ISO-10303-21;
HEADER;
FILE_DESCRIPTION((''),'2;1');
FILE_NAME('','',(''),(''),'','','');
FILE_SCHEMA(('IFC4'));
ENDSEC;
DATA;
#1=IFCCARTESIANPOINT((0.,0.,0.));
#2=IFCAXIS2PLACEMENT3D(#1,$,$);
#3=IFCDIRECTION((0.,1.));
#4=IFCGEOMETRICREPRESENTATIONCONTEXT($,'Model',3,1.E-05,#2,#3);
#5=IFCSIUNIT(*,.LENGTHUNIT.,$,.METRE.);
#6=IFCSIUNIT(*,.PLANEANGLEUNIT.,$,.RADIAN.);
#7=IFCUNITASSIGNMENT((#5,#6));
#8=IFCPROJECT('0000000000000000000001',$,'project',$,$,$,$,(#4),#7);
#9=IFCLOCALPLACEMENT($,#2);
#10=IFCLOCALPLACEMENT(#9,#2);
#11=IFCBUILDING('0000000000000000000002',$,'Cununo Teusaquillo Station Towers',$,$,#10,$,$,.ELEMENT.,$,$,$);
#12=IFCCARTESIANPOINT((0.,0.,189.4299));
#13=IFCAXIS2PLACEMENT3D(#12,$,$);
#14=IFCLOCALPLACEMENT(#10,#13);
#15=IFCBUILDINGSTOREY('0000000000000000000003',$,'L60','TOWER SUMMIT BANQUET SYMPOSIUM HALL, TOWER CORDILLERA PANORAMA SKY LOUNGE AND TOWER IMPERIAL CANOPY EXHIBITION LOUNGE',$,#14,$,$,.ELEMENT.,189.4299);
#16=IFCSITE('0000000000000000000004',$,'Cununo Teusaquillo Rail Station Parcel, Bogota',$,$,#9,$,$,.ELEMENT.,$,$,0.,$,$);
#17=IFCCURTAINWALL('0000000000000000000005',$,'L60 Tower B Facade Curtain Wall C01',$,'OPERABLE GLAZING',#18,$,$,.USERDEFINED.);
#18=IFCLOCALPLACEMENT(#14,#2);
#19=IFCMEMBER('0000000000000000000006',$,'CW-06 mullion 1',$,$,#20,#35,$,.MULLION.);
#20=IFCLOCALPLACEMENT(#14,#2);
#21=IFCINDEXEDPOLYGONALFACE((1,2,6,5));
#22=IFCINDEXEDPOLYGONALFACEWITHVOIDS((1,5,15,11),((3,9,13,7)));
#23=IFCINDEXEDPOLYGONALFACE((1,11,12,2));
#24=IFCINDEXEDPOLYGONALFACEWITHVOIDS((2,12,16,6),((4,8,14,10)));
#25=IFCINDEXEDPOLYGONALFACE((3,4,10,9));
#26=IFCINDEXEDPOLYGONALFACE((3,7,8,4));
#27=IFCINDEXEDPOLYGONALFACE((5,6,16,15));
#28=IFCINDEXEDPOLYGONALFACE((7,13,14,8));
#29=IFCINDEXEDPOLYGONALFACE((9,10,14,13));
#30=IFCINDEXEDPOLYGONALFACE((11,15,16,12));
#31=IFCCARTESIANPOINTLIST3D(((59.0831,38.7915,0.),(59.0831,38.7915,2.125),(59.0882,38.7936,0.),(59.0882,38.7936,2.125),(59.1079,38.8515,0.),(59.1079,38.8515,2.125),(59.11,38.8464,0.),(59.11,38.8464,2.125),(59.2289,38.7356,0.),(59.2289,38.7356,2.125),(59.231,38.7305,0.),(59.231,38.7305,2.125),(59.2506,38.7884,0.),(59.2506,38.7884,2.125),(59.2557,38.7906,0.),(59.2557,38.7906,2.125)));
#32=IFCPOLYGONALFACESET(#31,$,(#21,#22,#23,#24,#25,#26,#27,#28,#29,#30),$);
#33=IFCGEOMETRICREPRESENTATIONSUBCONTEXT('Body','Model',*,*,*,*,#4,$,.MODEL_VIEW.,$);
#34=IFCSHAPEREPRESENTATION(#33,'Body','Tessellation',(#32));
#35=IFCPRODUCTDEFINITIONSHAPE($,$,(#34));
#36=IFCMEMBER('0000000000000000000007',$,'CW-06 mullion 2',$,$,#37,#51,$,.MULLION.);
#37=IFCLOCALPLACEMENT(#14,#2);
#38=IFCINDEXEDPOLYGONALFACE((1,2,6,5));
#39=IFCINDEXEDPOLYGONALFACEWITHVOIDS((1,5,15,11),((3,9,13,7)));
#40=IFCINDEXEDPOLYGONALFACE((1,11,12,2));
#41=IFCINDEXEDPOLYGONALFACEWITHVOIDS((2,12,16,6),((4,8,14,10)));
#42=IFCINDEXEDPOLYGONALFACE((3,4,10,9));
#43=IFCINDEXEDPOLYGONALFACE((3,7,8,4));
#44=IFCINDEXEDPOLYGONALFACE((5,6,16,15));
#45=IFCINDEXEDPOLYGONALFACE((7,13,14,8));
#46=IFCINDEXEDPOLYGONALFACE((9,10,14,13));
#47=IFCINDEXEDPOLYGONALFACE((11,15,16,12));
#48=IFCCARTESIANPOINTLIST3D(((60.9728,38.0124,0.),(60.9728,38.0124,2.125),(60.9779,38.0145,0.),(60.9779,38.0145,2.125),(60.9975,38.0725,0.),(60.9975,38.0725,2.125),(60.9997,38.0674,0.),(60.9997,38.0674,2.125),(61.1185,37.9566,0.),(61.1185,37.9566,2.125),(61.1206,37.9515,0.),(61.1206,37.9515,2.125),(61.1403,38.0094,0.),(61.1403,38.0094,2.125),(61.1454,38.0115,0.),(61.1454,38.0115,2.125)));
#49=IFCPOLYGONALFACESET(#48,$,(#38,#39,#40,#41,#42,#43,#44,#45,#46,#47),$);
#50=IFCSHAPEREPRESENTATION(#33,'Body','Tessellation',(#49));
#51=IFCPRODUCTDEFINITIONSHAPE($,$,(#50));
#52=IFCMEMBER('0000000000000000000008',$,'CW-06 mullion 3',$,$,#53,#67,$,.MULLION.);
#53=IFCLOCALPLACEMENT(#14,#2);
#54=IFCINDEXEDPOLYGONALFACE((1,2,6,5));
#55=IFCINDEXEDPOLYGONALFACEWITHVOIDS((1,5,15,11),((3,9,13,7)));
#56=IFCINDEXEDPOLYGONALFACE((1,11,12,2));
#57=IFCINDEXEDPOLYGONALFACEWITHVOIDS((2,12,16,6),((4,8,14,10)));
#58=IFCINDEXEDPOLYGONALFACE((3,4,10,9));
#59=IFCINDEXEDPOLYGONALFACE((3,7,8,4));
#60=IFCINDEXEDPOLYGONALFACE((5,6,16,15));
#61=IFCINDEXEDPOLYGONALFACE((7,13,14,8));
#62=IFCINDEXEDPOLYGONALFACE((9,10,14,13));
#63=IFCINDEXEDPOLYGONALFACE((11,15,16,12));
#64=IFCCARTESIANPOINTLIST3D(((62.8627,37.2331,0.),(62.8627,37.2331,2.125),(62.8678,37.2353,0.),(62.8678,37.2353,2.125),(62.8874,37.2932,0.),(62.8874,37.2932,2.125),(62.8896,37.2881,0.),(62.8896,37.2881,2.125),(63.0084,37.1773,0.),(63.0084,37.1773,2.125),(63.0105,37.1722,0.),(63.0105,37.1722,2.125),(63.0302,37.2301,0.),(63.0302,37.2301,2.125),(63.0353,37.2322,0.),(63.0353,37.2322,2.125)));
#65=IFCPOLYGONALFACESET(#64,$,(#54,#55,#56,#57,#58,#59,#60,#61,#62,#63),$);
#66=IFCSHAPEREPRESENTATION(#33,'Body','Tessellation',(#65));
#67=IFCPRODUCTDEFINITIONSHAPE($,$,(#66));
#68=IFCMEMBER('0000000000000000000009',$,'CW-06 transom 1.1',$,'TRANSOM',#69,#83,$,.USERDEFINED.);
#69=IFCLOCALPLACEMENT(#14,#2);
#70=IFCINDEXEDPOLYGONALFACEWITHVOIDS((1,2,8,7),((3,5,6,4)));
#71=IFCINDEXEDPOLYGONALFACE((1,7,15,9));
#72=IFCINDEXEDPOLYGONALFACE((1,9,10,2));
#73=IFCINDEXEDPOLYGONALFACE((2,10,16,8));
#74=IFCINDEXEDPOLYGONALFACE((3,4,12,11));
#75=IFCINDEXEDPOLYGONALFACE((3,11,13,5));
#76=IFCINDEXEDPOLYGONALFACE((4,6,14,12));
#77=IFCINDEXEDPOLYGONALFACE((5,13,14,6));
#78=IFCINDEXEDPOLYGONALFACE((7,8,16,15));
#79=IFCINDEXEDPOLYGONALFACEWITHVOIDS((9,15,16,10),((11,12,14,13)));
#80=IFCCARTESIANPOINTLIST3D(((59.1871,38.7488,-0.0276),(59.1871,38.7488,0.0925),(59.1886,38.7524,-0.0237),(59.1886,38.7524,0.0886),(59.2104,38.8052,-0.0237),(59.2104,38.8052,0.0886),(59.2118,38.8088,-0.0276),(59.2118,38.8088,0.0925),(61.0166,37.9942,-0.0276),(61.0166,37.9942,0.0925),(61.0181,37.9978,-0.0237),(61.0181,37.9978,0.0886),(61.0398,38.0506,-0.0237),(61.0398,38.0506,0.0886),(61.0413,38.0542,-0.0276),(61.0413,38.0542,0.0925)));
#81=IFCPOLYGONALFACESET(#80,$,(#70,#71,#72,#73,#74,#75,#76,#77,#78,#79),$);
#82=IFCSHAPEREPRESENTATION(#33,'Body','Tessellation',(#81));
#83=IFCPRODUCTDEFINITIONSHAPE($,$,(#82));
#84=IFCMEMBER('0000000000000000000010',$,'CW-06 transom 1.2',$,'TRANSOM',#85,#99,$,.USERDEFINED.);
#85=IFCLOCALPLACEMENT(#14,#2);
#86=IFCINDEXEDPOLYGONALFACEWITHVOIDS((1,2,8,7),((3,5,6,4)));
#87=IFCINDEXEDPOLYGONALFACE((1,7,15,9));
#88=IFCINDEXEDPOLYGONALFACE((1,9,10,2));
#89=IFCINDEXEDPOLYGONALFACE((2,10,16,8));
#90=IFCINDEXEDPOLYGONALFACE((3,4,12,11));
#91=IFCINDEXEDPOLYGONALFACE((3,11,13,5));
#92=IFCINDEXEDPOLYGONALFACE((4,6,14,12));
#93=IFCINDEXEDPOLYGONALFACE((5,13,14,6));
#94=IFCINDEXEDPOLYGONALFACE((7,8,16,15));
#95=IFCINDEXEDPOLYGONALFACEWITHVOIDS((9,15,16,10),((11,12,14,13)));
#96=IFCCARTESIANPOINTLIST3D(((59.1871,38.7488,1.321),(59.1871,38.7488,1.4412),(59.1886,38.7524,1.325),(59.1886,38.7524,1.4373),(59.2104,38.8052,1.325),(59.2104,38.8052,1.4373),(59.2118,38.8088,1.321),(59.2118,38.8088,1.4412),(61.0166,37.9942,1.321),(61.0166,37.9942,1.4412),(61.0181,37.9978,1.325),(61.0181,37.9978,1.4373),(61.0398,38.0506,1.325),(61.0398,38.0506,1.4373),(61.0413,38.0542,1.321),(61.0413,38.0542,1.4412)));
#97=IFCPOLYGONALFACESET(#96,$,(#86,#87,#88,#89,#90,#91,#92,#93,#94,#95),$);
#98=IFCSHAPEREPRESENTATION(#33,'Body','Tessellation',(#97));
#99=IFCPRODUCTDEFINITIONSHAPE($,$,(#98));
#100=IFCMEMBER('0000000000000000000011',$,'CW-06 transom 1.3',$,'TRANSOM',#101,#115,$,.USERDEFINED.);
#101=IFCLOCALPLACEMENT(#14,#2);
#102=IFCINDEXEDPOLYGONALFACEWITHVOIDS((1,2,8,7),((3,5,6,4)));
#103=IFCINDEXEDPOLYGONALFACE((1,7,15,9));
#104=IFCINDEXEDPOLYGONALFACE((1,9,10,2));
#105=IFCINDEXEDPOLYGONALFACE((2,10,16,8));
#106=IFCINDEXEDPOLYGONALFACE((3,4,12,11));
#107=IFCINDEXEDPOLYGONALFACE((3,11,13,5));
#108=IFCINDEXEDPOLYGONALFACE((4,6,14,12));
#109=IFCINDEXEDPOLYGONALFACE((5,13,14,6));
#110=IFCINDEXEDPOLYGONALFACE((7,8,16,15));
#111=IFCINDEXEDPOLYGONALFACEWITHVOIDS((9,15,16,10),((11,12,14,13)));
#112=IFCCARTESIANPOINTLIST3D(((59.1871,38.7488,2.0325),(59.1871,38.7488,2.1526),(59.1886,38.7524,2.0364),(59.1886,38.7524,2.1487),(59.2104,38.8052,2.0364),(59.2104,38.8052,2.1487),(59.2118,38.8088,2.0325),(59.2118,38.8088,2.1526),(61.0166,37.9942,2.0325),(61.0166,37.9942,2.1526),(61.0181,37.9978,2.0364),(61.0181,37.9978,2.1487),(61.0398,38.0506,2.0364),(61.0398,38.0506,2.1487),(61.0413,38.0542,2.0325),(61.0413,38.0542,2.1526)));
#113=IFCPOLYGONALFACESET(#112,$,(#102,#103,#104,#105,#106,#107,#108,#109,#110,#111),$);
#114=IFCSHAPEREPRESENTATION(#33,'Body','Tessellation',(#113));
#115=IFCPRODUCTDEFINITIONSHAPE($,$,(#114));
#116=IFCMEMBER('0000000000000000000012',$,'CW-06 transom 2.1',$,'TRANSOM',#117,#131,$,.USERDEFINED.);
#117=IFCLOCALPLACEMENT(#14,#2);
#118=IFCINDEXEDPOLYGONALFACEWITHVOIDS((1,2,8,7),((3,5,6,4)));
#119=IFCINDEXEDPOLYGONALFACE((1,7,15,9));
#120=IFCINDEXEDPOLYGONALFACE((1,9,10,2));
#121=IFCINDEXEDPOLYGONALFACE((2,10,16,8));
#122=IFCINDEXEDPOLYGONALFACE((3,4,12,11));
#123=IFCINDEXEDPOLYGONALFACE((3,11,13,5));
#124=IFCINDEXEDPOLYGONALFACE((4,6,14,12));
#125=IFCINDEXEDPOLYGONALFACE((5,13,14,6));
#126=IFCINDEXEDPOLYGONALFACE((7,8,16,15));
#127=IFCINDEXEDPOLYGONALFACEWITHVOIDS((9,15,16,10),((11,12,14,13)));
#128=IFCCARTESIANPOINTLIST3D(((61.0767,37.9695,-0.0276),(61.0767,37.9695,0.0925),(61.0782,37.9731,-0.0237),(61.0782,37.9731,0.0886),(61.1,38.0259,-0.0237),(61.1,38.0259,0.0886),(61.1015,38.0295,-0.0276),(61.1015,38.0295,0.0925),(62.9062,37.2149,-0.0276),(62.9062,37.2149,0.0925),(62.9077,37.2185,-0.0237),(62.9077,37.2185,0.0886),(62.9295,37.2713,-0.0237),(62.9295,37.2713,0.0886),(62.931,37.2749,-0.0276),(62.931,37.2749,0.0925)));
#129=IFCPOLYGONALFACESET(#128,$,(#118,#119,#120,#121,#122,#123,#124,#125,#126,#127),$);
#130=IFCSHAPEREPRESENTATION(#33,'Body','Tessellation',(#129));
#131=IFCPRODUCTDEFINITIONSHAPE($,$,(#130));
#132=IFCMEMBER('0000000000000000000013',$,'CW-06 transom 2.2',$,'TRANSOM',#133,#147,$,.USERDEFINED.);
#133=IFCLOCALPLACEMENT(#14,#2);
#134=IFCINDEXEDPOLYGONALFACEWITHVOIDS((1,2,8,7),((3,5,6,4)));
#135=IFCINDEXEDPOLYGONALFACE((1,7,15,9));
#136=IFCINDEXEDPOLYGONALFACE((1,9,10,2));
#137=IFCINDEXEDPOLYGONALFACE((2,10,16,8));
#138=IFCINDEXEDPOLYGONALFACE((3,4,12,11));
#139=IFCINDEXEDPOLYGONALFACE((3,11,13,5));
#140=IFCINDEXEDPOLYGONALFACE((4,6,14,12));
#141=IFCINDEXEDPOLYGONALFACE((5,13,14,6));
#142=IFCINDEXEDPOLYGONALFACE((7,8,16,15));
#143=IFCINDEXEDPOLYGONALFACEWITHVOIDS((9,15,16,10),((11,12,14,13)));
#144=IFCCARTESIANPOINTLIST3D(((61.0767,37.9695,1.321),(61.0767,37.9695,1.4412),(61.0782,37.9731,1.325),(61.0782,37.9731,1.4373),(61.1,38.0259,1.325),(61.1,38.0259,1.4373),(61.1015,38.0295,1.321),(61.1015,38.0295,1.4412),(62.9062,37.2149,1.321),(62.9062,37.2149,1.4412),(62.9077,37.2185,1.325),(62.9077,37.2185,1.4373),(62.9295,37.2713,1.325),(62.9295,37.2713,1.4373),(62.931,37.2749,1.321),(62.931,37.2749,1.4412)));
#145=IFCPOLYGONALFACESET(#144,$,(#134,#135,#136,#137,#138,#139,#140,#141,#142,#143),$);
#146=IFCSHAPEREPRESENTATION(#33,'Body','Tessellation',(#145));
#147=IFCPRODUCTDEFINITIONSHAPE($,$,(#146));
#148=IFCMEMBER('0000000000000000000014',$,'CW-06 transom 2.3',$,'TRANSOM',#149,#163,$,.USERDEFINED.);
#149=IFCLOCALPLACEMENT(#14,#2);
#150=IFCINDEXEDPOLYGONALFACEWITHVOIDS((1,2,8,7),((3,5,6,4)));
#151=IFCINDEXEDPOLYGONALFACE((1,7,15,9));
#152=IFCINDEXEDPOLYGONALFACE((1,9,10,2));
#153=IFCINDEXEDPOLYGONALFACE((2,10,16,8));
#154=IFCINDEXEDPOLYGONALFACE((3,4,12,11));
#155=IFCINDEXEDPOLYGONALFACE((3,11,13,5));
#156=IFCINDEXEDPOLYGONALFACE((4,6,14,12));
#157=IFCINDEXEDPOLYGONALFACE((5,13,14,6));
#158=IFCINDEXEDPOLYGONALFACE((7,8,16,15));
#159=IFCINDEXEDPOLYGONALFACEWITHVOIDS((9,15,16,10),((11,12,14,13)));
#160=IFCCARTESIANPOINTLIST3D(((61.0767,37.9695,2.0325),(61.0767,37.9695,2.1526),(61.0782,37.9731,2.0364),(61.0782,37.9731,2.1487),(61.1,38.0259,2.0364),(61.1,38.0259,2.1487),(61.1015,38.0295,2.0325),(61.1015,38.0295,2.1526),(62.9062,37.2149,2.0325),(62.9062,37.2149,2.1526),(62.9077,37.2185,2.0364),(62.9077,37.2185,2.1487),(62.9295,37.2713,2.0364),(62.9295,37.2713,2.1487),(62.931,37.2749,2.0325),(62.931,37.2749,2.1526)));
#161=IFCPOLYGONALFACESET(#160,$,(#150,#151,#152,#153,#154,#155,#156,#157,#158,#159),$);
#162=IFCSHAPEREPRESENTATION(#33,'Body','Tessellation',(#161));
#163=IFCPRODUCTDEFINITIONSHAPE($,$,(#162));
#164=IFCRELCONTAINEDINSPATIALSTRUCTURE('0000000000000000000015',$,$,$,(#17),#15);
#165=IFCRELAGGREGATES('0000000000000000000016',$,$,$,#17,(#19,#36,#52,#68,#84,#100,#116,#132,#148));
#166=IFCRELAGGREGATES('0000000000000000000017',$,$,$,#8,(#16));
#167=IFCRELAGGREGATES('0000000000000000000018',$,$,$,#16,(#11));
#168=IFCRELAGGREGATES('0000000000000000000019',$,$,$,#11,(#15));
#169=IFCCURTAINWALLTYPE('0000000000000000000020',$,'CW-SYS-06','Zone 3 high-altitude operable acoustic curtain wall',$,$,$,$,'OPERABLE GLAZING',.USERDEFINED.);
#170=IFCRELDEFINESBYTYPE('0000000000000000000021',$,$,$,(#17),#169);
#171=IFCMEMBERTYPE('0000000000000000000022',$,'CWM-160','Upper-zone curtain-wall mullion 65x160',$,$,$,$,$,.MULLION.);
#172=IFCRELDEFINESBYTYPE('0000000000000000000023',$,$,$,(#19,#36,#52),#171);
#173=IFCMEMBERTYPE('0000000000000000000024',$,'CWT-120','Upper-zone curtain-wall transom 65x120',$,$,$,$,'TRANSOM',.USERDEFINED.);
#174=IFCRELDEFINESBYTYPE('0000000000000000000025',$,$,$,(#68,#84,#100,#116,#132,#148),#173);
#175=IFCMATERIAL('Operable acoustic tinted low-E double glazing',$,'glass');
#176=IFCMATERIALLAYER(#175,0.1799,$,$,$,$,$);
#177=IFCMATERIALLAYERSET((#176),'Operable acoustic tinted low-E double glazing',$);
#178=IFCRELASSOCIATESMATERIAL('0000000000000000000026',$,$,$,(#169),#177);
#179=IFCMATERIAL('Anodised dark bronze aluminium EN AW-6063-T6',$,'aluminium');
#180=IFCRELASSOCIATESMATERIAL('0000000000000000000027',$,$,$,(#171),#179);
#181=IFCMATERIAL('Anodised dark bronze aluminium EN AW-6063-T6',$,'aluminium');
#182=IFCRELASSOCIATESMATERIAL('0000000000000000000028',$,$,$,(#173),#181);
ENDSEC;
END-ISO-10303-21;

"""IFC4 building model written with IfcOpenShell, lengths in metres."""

from ifc_helpers import new_model, si_unit, direction, frame, origin, origin_2d, place, context, subcontext, project, spatial, hollow_rectangle, extrude, material, layer, layer_set, material_profile, profile_set, type_object, element, aggregate, save


model = new_model("IFC4")

# Units and contexts
model_context = context("Model", 3, precision=1e-05, world=origin(), true_north=direction((0.0, 1.0)))
body_context = subcontext(model_context, "Body", "Model", "MODEL_VIEW")
ifc_project = project(units=[si_unit("LENGTHUNIT", "METRE"), si_unit("PLANEANGLEUNIT", "RADIAN")], contexts=[model_context])

# Site, building, storey
site_placement = place(None, origin())
site = spatial("IfcSite", under=ifc_project, at=site_placement, Name="Cununo Teusaquillo Rail Station Parcel, Bogota", CompositionType="ELEMENT", RefElevation=0.0)
building_placement = place(site_placement, origin())
building = spatial("IfcBuilding", under=site, at=building_placement, Name="Cununo Teusaquillo Station Towers", CompositionType="ELEMENT")
storey_placement = place(building_placement, frame((0.0, 0.0, 189.4299)))
storey = spatial("IfcBuildingStorey", under=building, at=storey_placement, Name="L60", Description="TOWER SUMMIT BANQUET SYMPOSIUM HALL, TOWER CORDILLERA PANORAMA SKY LOUNGE AND TOWER IMPERIAL CANOPY EXHIBITION LOUNGE", CompositionType="ELEMENT", Elevation=189.4299)

# Curtain wall, members
ifc_material_1 = material(Name="Operable acoustic tinted low-E double glazing", Category="glass")
ifc_layer_1 = layer(ifc_material_1, 0.1799)
ifc_layer_set_1 = layer_set([ifc_layer_1], Name="Operable acoustic tinted low-E double glazing")
curtain_wall_type = type_object("IfcCurtainWallType", Name="CW-SYS-06", Description="Zone 3 high-altitude operable acoustic curtain wall", ElementType="OPERABLE GLAZING", PredefinedType="USERDEFINED", material=ifc_layer_set_1)
curtain_wall_placement = place(storey_placement, origin())
curtain_wall = element("IfcCurtainWall", 1, at=curtain_wall_placement, inside=storey, type_object=curtain_wall_type, Name="L60 Tower B Facade Curtain Wall C01", ObjectType="OPERABLE GLAZING", PredefinedType="USERDEFINED")
ifc_material_2 = material(Name="Anodised dark bronze aluminium EN AW-6063-T6", Category="aluminium")
ifc_material_profile_1 = material_profile(ifc_material_2, hollow_rectangle(XDim=0.0649, YDim=0.1599, WallThickness=0.0039, at=origin_2d()), Name="CW-MULL-65x160")
ifc_profile_set_1 = profile_set([ifc_material_profile_1], Name="Anodised dark bronze aluminium EN AW-6063-T6")
member_type_1 = type_object("IfcMemberType", Name="CWM-160", Description="Upper-zone curtain-wall mullion 65x160", PredefinedType="MULLION", material=ifc_profile_set_1)
member_1_placement = place(storey_placement, frame((59.1694, 38.791, 0.0), z_axis=(0.0, 0.0, 1.0), x_axis=(0.381229, 0.924481, 0.0)))
member_1 = element("IfcMember", 2, at=member_1_placement, type_object=member_type_1, Name="CW-06 mullion 1", PredefinedType="MULLION", context=body_context, shape_type="SweptSolid", body=[
    extrude(hollow_rectangle(XDim=0.0649, YDim=0.1599, WallThickness=0.0039, at=origin_2d()), origin(), (0.0, 0.0, 1.0), 2.125),
])
member_2_placement = place(storey_placement, frame((61.0591, 38.012, 0.0), z_axis=(0.0, 0.0, 1.0), x_axis=(0.381229, 0.924481, 0.0)))
member_2 = element("IfcMember", 3, at=member_2_placement, type_object=member_type_1, Name="CW-06 mullion 2", PredefinedType="MULLION", context=body_context, shape_type="SweptSolid", body=[
    extrude(hollow_rectangle(XDim=0.0649, YDim=0.1599, WallThickness=0.0039, at=origin_2d()), origin(), (0.0, 0.0, 1.0), 2.125),
])
member_3_placement = place(storey_placement, frame((62.949, 37.2327, 0.0), z_axis=(0.0, 0.0, 1.0), x_axis=(0.381229, 0.924481, 0.0)))
member_3 = element("IfcMember", 4, at=member_3_placement, type_object=member_type_1, Name="CW-06 mullion 3", PredefinedType="MULLION", context=body_context, shape_type="SweptSolid", body=[
    extrude(hollow_rectangle(XDim=0.0649, YDim=0.1599, WallThickness=0.0039, at=origin_2d()), origin(), (0.0, 0.0, 1.0), 2.125),
])
ifc_material_3 = material(Name="Anodised dark bronze aluminium EN AW-6063-T6", Category="aluminium")
ifc_material_profile_2 = material_profile(ifc_material_3, hollow_rectangle(XDim=0.0649, YDim=0.1201, WallThickness=0.0039, at=origin_2d()), Name="CW-TRAN-65x120")
ifc_profile_set_2 = profile_set([ifc_material_profile_2], Name="Anodised dark bronze aluminium EN AW-6063-T6")
member_type_2 = type_object("IfcMemberType", Name="CWT-120", Description="Upper-zone curtain-wall transom 65x120", ElementType="TRANSOM", PredefinedType="USERDEFINED", material=ifc_profile_set_2)
member_4_placement = place(storey_placement, frame((59.1995, 38.7788, 0.0325), z_axis=(0.924451, -0.381302, 0.0), x_axis=(0.381302, 0.924451, 0.0)))
member_4 = element("IfcMember", 5, at=member_4_placement, type_object=member_type_2, Name="CW-06 transom 1.1", ObjectType="TRANSOM", PredefinedType="USERDEFINED", context=body_context, shape_type="SweptSolid", body=[
    extrude(hollow_rectangle(XDim=0.0649, YDim=0.1201, WallThickness=0.0039, at=origin_2d()), origin(), (0.0, 0.0, 1.0), 1.979),
])
member_5_placement = place(storey_placement, frame((59.1995, 38.7788, 1.3811), z_axis=(0.924451, -0.381302, 0.0), x_axis=(0.381302, 0.924451, 0.0)))
member_5 = element("IfcMember", 6, at=member_5_placement, type_object=member_type_2, Name="CW-06 transom 1.2", ObjectType="TRANSOM", PredefinedType="USERDEFINED", context=body_context, shape_type="SweptSolid", body=[
    extrude(hollow_rectangle(XDim=0.0649, YDim=0.1201, WallThickness=0.0039, at=origin_2d()), origin(), (0.0, 0.0, 1.0), 1.979),
])
member_6_placement = place(storey_placement, frame((59.1995, 38.7788, 2.0925), z_axis=(0.924451, -0.381302, 0.0), x_axis=(0.381302, 0.924451, 0.0)))
member_6 = element("IfcMember", 7, at=member_6_placement, type_object=member_type_2, Name="CW-06 transom 1.3", ObjectType="TRANSOM", PredefinedType="USERDEFINED", context=body_context, shape_type="SweptSolid", body=[
    extrude(hollow_rectangle(XDim=0.0649, YDim=0.1201, WallThickness=0.0039, at=origin_2d()), origin(), (0.0, 0.0, 1.0), 1.979),
])
member_7_placement = place(storey_placement, frame((61.0891, 37.9995, 0.0325), z_axis=(0.924451, -0.381302, 0.0), x_axis=(0.381302, 0.924451, 0.0)))
member_7 = element("IfcMember", 8, at=member_7_placement, type_object=member_type_2, Name="CW-06 transom 2.1", ObjectType="TRANSOM", PredefinedType="USERDEFINED", context=body_context, shape_type="SweptSolid", body=[
    extrude(hollow_rectangle(XDim=0.0649, YDim=0.1201, WallThickness=0.0039, at=origin_2d()), origin(), (0.0, 0.0, 1.0), 1.979),
])
member_8_placement = place(storey_placement, frame((61.0891, 37.9995, 1.3811), z_axis=(0.924451, -0.381302, 0.0), x_axis=(0.381302, 0.924451, 0.0)))
member_8 = element("IfcMember", 9, at=member_8_placement, type_object=member_type_2, Name="CW-06 transom 2.2", ObjectType="TRANSOM", PredefinedType="USERDEFINED", context=body_context, shape_type="SweptSolid", body=[
    extrude(hollow_rectangle(XDim=0.0649, YDim=0.1201, WallThickness=0.0039, at=origin_2d()), origin(), (0.0, 0.0, 1.0), 1.979),
])
member_9_placement = place(storey_placement, frame((61.0891, 37.9995, 2.0925), z_axis=(0.924451, -0.381302, 0.0), x_axis=(0.381302, 0.924451, 0.0)))
member_9 = element("IfcMember", 10, at=member_9_placement, type_object=member_type_2, Name="CW-06 transom 2.3", ObjectType="TRANSOM", PredefinedType="USERDEFINED", context=body_context, shape_type="SweptSolid", body=[
    extrude(hollow_rectangle(XDim=0.0649, YDim=0.1201, WallThickness=0.0039, at=origin_2d()), origin(), (0.0, 0.0, 1.0), 1.979),
])

aggregate(curtain_wall, [member_1, member_2, member_3, member_4, member_5, member_6, member_7, member_8, member_9])

save(model, "model.ifc")
